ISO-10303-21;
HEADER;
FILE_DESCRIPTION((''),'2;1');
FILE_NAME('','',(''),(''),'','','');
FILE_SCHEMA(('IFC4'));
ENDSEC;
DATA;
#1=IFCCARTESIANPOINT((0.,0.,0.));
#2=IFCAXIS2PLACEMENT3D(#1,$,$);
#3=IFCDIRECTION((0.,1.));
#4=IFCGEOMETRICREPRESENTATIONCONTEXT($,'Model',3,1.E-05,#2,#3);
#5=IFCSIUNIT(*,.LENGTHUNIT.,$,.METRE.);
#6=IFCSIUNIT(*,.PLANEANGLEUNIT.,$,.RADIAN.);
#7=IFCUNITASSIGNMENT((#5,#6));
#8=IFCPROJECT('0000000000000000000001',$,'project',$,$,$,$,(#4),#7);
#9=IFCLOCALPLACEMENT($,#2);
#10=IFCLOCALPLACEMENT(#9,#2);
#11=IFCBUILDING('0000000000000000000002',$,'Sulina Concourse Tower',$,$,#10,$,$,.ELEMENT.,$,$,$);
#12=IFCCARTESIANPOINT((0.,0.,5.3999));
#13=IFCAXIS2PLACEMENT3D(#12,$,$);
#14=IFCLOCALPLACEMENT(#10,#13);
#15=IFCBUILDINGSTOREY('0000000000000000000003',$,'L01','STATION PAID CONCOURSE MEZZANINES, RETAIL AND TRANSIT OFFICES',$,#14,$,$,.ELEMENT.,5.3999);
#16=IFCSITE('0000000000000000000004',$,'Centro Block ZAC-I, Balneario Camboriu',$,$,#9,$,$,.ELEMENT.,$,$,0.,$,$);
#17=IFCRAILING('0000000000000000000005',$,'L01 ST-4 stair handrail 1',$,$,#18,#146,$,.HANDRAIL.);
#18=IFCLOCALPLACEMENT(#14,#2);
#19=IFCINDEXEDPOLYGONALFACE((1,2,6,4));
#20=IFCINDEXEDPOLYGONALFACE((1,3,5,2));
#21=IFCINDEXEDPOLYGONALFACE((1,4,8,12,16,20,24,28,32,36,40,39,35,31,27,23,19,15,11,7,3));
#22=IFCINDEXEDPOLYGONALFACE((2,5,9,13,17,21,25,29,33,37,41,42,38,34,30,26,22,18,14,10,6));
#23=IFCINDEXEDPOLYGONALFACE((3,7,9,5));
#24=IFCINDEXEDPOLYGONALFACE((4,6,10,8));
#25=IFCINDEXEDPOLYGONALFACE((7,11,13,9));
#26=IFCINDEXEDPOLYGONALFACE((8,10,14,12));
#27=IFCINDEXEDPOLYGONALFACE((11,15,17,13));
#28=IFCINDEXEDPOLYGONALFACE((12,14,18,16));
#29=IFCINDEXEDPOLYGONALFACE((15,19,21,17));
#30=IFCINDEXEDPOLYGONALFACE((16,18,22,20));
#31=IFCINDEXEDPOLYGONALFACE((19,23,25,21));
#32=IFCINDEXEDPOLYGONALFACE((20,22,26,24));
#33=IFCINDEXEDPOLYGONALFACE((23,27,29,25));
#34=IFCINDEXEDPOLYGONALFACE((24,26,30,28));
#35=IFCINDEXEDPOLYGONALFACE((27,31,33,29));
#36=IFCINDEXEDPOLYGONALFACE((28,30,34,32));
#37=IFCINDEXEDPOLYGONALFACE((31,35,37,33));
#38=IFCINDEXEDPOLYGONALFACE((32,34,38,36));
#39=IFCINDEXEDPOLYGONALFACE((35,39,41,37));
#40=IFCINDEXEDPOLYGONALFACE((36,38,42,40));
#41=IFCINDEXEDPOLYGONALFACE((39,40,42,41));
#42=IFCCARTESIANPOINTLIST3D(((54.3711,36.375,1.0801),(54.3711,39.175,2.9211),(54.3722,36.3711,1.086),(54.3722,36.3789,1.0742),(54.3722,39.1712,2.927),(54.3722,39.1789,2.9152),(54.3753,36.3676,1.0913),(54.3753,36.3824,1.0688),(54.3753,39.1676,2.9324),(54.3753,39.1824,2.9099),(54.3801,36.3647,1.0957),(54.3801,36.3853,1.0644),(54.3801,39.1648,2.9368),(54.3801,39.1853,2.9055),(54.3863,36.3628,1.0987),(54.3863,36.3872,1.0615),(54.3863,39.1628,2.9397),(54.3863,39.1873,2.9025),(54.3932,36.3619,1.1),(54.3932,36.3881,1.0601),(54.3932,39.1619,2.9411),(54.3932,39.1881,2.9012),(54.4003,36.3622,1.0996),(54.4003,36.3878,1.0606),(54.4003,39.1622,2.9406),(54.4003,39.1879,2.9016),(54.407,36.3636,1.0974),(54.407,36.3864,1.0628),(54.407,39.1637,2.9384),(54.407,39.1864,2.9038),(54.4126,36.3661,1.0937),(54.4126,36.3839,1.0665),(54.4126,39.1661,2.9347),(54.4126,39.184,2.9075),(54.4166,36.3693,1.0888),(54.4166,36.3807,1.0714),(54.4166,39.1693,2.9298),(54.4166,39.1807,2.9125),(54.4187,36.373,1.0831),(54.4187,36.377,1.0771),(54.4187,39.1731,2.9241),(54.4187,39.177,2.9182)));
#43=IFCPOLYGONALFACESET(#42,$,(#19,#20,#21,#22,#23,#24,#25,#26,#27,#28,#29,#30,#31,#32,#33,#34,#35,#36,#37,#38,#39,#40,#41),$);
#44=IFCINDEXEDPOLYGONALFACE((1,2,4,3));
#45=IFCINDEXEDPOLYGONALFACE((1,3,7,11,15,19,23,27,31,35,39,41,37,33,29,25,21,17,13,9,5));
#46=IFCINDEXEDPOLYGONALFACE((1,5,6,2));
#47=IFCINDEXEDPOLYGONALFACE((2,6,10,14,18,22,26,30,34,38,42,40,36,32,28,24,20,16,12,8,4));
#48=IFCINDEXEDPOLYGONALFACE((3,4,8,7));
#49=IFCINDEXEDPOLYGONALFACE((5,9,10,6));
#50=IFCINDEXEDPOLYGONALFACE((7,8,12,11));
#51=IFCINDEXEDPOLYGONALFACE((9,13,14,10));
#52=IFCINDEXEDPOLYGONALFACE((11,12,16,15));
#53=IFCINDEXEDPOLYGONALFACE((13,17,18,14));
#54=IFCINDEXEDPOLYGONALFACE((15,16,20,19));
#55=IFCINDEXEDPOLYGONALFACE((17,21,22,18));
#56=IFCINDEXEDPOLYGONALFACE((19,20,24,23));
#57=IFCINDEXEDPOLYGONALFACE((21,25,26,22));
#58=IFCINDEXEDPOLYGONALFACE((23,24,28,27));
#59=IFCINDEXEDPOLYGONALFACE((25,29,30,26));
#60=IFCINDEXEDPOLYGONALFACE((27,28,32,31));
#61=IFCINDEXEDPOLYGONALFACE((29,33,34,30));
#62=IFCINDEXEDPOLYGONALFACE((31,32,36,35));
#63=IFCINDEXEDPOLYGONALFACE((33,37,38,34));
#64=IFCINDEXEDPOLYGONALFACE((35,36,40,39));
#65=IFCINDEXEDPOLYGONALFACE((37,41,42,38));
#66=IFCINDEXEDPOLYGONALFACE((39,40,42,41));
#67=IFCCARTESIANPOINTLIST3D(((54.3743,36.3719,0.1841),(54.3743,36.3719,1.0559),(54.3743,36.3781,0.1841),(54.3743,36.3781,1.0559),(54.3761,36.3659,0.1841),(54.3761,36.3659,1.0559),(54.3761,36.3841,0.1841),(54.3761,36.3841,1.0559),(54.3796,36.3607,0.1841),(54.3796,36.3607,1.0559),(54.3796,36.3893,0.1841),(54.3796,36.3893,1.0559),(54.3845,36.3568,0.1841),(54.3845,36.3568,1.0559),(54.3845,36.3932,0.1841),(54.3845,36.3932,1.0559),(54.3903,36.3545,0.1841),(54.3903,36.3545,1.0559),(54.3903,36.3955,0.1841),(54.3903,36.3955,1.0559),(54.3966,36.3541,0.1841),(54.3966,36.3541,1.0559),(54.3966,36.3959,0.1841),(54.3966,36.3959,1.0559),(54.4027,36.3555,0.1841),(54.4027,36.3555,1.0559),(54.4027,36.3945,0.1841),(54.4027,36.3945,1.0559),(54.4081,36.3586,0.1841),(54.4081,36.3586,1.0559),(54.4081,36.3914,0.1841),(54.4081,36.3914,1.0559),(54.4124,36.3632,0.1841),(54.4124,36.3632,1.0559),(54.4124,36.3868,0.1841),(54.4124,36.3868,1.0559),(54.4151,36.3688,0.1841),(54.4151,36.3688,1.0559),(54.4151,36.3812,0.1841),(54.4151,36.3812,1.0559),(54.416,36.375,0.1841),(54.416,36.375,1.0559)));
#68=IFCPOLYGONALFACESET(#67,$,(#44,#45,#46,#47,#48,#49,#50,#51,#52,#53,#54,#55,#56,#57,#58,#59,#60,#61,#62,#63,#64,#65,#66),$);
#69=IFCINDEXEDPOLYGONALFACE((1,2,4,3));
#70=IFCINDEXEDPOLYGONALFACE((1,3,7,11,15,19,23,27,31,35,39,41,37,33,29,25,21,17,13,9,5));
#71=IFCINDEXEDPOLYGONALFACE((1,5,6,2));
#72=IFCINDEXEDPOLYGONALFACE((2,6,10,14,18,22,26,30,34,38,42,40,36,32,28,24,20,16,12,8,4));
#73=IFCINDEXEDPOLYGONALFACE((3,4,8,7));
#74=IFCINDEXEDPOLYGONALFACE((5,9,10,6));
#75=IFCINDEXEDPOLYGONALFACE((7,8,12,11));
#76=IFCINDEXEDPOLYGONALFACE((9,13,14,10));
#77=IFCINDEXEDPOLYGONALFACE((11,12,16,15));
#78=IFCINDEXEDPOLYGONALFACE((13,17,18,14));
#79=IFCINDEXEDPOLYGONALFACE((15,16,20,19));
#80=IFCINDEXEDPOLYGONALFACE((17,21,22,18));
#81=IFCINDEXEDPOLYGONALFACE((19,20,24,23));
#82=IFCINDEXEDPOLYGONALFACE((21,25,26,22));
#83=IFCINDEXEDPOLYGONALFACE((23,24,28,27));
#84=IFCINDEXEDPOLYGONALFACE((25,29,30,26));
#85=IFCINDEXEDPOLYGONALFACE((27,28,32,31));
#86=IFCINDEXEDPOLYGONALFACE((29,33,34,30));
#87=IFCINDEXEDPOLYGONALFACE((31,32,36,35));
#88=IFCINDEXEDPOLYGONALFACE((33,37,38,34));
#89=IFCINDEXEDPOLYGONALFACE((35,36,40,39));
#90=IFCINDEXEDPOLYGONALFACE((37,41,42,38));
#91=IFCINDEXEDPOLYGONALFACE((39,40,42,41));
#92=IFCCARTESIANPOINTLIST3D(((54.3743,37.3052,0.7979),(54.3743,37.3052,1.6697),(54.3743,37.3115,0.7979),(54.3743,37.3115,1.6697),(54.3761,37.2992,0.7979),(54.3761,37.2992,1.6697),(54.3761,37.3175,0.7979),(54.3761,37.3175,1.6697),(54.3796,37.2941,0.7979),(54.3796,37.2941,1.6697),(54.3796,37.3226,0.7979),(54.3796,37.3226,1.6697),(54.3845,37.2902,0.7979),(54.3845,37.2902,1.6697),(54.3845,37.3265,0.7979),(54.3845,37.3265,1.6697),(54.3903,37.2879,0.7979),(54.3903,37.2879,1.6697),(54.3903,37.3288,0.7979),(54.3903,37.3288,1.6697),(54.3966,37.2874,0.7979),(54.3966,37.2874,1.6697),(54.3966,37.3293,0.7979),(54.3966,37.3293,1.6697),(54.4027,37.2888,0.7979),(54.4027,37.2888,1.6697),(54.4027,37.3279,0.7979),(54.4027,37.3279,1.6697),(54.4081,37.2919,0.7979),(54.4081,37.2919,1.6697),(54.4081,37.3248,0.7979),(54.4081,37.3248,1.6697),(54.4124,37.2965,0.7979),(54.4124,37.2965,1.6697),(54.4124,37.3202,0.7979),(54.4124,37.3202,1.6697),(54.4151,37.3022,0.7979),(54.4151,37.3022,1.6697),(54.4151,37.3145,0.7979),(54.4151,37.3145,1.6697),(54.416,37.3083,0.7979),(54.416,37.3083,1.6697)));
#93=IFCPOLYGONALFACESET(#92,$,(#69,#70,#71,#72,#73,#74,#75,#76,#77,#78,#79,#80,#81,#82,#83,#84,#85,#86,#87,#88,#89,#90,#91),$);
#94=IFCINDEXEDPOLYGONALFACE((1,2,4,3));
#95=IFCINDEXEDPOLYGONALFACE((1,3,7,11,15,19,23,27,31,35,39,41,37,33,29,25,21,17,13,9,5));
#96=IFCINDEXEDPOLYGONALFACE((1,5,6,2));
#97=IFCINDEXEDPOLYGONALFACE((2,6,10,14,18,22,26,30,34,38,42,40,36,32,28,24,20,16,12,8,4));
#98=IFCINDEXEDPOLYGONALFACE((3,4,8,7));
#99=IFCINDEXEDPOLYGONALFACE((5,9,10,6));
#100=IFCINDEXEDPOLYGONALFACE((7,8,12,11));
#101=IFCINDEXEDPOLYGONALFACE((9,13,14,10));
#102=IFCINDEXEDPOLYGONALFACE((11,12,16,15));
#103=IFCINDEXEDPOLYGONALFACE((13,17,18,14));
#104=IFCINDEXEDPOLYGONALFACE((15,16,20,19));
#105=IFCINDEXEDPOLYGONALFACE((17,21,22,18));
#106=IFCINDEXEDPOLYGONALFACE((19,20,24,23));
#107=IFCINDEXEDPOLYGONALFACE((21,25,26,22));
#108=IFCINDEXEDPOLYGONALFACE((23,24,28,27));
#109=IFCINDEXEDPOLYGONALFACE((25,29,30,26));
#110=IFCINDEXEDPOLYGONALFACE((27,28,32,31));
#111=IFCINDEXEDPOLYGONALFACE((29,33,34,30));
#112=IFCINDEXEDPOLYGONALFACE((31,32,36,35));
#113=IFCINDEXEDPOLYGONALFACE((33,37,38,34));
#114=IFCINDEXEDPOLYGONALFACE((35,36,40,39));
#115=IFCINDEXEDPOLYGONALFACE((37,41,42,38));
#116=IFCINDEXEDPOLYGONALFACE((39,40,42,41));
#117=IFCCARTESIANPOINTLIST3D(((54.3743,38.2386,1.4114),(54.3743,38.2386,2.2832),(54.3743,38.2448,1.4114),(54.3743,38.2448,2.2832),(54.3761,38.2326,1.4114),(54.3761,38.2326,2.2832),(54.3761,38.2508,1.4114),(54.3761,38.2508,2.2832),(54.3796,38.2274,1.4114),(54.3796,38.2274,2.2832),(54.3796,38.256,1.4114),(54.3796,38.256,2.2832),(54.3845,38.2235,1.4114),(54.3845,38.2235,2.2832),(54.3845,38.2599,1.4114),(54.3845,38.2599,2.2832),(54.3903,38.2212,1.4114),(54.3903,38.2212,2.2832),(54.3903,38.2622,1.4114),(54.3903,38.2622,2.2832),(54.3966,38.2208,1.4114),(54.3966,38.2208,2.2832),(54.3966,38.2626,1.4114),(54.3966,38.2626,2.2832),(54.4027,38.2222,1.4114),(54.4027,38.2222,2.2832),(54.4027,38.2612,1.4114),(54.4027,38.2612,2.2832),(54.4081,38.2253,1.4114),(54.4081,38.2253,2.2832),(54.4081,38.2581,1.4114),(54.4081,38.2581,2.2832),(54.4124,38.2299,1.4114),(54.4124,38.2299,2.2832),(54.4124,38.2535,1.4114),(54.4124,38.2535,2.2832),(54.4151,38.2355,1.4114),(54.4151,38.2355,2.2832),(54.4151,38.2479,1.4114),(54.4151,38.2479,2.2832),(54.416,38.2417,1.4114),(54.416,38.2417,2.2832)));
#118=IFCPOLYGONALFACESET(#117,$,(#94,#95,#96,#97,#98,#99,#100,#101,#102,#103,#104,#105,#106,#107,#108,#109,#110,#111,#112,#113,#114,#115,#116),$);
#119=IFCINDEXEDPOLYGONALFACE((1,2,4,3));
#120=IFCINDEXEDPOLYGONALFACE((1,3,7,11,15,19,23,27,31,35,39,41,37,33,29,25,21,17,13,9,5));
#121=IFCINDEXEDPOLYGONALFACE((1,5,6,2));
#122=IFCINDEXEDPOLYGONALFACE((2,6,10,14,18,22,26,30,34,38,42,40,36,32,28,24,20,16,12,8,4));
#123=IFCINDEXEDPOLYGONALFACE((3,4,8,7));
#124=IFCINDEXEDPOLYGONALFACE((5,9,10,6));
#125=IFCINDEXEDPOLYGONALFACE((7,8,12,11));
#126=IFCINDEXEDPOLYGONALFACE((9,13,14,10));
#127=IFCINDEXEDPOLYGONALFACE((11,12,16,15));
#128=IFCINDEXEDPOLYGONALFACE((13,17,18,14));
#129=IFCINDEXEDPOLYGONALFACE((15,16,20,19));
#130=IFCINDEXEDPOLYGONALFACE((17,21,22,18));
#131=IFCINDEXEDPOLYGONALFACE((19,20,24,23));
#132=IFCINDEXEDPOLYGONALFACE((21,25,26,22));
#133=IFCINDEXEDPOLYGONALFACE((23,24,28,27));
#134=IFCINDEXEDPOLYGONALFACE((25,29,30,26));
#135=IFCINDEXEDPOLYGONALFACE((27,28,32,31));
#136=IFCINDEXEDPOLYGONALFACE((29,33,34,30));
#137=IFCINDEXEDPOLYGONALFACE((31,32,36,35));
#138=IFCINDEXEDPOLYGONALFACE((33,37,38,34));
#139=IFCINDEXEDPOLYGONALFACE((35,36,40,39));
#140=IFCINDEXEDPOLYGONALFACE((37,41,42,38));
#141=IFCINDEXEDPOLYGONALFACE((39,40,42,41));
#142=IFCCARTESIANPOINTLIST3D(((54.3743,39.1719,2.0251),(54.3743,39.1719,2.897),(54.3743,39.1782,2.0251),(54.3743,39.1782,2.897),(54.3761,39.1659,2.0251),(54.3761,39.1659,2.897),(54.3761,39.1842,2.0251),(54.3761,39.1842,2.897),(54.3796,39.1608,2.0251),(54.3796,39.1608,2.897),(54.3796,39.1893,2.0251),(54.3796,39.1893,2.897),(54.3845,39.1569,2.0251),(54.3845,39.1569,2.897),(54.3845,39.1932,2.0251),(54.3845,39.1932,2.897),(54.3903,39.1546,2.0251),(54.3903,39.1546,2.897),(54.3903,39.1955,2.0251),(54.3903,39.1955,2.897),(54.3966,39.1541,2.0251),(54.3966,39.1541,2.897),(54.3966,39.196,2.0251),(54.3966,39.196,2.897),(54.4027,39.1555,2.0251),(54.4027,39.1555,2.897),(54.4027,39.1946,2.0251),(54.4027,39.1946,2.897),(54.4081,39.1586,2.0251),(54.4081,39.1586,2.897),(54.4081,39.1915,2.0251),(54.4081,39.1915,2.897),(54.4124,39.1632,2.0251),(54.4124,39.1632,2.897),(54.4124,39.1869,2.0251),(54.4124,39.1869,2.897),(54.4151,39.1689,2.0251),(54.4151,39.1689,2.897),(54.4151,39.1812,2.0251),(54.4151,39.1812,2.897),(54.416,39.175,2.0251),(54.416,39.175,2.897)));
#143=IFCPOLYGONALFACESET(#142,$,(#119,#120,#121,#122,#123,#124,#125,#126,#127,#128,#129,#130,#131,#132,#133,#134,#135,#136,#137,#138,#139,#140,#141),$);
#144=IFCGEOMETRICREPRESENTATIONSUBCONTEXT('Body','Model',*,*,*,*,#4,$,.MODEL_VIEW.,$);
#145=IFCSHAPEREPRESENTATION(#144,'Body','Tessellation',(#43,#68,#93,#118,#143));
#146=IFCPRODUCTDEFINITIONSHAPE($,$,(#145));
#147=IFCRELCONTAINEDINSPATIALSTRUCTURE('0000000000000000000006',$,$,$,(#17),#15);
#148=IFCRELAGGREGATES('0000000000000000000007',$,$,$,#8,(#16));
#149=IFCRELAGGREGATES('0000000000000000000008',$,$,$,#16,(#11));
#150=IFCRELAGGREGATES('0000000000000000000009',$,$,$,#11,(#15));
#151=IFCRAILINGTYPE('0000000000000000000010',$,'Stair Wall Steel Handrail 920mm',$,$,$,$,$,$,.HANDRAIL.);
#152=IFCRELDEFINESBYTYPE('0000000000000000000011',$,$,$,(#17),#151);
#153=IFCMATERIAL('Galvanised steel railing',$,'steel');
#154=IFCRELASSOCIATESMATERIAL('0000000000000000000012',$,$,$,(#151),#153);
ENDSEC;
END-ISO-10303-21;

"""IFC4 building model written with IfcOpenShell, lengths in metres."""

from ifc_helpers import new_model, si_unit, direction, frame, origin, origin_2d, place, context, subcontext, project, spatial, circle, extrude, material, type_object, element, save


model = new_model("IFC4")

# Units and contexts
model_context = context("Model", 3, precision=1e-05, world=origin(), true_north=direction((0.0, 1.0)))
body_context = subcontext(model_context, "Body", "Model", "MODEL_VIEW")
ifc_project = project(units=[si_unit("LENGTHUNIT", "METRE"), si_unit("PLANEANGLEUNIT", "RADIAN")], contexts=[model_context])

# Site, building, storey
site_placement = place(None, origin())
site = spatial("IfcSite", under=ifc_project, at=site_placement, Name="Centro Block ZAC-I, Balneario Camboriu", CompositionType="ELEMENT", RefElevation=0.0)
building_placement = place(site_placement, origin())
building = spatial("IfcBuilding", under=site, at=building_placement, Name="Sulina Concourse Tower", CompositionType="ELEMENT")
storey_placement = place(building_placement, frame((0.0, 0.0, 5.3999)))
storey = spatial("IfcBuildingStorey", under=building, at=storey_placement, Name="L01", Description="STATION PAID CONCOURSE MEZZANINES, RETAIL AND TRANSIT OFFICES", CompositionType="ELEMENT", Elevation=5.3999)

# Railing
ifc_material_1 = material(Name="Galvanised steel railing", Category="steel")
railing_type_1 = type_object("IfcRailingType", Name="Stair Wall Steel Handrail 920mm", PredefinedType="HANDRAIL", material=ifc_material_1)
for number, where, name in (
    (1, (54.395, 36.375, 0.1841), "L01 ST-4 stair handrail 1"),
):
    element("IfcRailing", number, at=place(storey_placement, frame(where)), inside=storey, type_object=railing_type_1, Name=name, PredefinedType="HANDRAIL", context=body_context, shape_type="SweptSolid", body=[
        extrude(circle(Radius=0.0239, at=origin_2d()), frame((0.0, 0.0, 0.896), z_axis=(0.0, 0.835564, 0.549393), x_axis=(-1.0, 0.0, 0.0)), (0.0, 0.0, 1.0), 3.3511),
        extrude(circle(Radius=0.021, at=origin_2d()), origin(), (0.0, 0.0, 1.0), 0.8718),
        extrude(circle(Radius=0.021, at=origin_2d()), frame((0.0, 0.9333, 0.6138)), (0.0, 0.0, 1.0), 0.8718),
        extrude(circle(Radius=0.021, at=origin_2d()), frame((0.0, 1.8667, 1.2273)), (0.0, 0.0, 1.0), 0.8718),
        extrude(circle(Radius=0.021, at=origin_2d()), frame((0.0, 2.8, 1.8411)), (0.0, 0.0, 1.0), 0.8718),
    ])

save(model, "model.ifc")
